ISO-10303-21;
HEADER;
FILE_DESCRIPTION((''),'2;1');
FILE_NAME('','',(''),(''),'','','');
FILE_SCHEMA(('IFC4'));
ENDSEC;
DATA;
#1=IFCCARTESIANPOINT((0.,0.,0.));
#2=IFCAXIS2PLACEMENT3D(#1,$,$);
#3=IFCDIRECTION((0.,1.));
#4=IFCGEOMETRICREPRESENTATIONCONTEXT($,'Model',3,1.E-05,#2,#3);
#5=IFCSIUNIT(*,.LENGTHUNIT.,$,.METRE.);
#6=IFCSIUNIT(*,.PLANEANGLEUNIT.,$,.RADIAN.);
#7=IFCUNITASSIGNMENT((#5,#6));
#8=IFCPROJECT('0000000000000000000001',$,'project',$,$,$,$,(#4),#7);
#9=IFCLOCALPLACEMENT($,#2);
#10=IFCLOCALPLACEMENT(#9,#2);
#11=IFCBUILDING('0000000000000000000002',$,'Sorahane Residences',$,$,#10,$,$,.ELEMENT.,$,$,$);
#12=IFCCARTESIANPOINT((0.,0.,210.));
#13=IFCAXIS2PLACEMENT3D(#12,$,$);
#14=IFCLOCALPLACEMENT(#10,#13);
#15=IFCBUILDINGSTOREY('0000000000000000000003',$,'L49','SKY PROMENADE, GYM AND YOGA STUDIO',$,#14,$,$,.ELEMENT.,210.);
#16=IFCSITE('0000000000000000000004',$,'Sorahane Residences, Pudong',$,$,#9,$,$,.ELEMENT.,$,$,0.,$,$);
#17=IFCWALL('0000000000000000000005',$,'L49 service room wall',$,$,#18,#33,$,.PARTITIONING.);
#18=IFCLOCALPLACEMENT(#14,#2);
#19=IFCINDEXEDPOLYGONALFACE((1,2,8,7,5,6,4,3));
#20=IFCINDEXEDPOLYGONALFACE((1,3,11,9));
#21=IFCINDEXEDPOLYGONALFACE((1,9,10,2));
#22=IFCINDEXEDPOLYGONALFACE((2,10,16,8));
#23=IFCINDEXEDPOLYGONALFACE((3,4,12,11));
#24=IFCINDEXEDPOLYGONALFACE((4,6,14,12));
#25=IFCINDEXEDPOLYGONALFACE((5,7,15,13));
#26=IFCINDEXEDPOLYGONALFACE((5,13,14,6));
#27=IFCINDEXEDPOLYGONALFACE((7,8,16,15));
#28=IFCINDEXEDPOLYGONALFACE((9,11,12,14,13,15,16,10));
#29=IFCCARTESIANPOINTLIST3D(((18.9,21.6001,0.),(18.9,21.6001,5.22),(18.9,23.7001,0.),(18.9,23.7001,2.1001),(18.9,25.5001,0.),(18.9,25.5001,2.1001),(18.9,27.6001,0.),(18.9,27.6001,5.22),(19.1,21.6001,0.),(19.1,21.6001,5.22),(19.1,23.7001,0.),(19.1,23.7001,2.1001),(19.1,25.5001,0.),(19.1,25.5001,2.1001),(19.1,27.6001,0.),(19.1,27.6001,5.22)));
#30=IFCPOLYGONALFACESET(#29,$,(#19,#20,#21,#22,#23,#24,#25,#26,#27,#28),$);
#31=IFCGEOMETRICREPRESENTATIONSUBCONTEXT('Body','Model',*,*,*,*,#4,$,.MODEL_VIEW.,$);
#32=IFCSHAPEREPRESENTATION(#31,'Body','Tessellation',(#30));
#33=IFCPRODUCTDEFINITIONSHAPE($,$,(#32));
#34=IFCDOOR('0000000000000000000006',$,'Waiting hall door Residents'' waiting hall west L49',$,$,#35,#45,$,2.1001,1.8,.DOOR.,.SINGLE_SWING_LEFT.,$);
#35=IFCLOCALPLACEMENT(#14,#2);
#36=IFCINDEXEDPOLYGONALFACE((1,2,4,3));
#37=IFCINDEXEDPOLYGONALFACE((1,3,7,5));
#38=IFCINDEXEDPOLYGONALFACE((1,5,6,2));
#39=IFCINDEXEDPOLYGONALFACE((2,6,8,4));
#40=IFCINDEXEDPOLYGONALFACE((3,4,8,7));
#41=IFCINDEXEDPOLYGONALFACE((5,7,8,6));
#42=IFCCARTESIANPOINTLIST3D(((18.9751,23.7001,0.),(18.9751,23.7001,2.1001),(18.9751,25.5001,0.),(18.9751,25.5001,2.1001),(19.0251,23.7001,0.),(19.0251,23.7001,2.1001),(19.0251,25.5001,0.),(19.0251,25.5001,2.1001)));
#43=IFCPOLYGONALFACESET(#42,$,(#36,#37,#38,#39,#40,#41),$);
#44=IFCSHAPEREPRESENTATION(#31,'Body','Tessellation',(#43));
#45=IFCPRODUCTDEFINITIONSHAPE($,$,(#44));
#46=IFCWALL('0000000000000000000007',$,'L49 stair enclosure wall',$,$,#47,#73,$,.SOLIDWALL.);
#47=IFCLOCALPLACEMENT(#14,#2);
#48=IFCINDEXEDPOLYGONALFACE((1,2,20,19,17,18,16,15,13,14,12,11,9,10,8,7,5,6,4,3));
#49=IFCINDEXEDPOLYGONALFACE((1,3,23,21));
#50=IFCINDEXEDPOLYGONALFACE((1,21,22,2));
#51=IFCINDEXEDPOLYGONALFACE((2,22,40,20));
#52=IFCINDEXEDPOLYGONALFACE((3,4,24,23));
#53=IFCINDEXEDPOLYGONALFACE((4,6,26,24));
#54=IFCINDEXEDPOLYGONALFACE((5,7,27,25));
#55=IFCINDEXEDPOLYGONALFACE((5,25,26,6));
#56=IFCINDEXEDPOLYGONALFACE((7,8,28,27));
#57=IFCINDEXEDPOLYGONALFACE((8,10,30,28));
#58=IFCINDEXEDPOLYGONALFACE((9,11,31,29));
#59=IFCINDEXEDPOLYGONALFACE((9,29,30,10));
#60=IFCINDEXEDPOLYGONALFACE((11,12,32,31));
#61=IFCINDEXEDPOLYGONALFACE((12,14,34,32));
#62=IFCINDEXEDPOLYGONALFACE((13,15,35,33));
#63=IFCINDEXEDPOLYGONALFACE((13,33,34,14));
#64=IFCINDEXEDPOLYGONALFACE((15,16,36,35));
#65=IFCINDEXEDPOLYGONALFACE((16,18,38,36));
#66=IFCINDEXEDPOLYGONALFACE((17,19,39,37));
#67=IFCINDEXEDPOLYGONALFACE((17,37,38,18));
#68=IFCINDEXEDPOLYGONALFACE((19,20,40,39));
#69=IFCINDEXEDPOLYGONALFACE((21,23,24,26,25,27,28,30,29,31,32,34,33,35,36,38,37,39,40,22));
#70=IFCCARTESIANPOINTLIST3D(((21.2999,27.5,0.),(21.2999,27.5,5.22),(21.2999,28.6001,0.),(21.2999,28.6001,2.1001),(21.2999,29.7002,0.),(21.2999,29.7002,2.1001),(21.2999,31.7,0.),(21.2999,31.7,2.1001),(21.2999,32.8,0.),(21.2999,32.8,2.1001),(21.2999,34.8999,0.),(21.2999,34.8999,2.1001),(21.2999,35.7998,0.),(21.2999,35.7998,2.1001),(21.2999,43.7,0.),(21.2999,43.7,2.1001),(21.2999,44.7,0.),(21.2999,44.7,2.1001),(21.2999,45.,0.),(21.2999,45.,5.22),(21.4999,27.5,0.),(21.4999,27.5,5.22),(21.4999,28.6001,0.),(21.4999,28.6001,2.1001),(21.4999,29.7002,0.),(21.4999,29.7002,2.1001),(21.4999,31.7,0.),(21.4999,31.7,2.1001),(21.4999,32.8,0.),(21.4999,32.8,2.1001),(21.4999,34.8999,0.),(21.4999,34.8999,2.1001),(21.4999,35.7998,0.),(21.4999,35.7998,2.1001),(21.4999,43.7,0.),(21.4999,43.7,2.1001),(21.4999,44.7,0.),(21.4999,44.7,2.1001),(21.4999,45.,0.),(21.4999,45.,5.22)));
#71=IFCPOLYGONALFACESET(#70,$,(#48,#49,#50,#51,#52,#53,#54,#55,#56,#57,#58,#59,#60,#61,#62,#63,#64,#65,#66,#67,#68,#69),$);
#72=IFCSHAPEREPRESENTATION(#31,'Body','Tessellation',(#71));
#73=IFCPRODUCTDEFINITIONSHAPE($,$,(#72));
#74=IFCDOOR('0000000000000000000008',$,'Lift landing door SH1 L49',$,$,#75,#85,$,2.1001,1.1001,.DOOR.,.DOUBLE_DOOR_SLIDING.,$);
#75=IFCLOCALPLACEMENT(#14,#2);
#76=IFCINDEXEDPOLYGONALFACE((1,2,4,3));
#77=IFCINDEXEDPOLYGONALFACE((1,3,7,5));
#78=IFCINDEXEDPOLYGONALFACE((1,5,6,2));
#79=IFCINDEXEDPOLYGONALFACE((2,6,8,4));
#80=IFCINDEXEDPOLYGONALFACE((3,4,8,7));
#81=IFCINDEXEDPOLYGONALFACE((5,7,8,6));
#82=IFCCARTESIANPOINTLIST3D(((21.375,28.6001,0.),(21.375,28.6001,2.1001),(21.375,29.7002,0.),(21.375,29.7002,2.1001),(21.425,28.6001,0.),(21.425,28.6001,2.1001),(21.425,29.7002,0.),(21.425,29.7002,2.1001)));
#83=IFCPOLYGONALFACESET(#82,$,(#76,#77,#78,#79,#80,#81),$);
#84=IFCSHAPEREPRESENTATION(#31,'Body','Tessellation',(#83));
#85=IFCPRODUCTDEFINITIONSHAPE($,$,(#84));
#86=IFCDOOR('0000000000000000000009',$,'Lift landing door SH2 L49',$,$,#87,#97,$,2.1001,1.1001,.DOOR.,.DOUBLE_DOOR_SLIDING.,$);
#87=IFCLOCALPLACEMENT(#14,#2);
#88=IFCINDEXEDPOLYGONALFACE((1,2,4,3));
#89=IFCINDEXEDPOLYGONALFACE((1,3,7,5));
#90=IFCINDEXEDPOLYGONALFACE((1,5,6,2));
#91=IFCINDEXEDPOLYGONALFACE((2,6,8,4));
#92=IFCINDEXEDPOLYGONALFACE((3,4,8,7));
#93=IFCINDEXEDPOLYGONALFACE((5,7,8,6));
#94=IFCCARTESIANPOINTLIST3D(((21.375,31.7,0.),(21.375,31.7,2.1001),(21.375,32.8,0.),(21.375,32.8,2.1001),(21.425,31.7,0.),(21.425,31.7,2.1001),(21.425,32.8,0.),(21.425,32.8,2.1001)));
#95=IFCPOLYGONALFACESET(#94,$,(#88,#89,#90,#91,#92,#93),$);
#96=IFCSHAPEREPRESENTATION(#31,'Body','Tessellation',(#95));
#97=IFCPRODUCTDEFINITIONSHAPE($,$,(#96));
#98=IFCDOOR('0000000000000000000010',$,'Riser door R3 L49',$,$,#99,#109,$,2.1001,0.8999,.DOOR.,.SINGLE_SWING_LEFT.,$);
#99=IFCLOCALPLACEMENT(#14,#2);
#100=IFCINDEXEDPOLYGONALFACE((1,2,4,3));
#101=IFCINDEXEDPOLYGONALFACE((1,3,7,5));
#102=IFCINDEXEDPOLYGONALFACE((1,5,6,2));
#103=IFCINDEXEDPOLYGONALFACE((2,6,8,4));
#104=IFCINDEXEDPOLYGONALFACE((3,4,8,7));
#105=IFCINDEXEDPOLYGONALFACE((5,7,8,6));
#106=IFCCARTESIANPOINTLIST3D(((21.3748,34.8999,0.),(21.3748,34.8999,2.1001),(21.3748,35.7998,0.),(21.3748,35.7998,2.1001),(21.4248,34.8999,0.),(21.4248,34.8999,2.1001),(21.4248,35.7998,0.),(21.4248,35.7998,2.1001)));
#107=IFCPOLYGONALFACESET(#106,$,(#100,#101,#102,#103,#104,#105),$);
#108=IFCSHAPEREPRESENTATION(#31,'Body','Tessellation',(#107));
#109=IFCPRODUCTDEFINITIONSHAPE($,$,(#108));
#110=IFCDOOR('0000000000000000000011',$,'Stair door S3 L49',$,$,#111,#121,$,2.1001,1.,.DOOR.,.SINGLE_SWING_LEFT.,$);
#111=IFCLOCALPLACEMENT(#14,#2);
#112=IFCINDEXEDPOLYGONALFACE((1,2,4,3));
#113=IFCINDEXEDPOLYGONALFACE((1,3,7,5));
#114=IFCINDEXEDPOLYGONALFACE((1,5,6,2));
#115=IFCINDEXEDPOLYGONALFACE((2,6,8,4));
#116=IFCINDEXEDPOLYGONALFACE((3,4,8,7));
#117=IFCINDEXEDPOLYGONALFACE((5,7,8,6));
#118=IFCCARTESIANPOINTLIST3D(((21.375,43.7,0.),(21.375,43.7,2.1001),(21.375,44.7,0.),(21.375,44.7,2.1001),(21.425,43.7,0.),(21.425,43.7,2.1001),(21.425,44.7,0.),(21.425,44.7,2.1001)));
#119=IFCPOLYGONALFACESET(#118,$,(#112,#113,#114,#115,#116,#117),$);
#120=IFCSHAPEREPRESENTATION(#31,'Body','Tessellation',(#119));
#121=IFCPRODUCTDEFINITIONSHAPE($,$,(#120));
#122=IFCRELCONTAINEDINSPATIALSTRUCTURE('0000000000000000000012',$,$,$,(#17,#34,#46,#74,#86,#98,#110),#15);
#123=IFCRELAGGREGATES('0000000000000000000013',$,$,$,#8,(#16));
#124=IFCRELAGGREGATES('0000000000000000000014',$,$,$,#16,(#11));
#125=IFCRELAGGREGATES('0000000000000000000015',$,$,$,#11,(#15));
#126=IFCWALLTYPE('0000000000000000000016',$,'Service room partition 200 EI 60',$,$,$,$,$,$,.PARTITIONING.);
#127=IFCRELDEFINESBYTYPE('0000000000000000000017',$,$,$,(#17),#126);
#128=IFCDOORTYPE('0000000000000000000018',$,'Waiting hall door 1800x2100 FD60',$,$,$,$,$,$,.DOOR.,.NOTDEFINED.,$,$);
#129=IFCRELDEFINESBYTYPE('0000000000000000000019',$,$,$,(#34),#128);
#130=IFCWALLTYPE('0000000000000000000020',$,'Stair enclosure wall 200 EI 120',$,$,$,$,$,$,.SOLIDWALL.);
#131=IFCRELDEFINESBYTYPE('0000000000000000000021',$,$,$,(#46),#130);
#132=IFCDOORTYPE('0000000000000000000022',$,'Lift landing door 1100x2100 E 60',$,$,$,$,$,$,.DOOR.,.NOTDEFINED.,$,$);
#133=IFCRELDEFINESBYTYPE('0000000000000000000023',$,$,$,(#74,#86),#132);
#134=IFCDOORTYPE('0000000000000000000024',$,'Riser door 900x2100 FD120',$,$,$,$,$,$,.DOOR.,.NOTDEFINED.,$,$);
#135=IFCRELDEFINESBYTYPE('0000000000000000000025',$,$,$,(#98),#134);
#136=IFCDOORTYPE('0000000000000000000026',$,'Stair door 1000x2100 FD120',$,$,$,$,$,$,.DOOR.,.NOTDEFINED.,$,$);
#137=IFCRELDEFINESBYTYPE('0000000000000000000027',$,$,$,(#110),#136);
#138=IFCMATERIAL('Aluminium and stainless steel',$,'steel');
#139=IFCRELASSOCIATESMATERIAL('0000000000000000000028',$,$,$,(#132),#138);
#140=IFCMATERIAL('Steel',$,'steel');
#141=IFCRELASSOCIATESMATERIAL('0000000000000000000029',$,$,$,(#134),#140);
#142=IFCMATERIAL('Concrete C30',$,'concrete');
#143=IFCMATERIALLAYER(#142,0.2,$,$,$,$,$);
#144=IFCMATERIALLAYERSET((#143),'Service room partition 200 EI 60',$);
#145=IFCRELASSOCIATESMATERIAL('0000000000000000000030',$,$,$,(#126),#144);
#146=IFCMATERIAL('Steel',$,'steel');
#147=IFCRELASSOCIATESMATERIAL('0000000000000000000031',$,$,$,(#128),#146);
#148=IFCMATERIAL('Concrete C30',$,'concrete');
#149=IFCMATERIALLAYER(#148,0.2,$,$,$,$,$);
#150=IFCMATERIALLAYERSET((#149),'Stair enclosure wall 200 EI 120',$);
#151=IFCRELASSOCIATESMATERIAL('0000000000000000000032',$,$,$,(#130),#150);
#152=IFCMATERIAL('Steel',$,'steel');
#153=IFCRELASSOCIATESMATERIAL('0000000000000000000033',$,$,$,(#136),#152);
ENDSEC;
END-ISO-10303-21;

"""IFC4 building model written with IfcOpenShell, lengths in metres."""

from ifc_helpers import new_model, si_unit, direction, frame, frame_2d, origin, place, context, subcontext, project, spatial, rectangle, extrude, material, layer, layer_set, type_object, element, fill, save


model = new_model("IFC4")

# Units and contexts
model_context = context("Model", 3, precision=1e-05, world=origin(), true_north=direction((0.0, 1.0)))
body_context = subcontext(model_context, "Body", "Model", "MODEL_VIEW")
ifc_project = project(units=[si_unit("LENGTHUNIT", "METRE"), si_unit("PLANEANGLEUNIT", "RADIAN")], contexts=[model_context])

# Site, building, storey
site_placement = place(None, origin())
site = spatial("IfcSite", under=ifc_project, at=site_placement, Name="Sorahane Residences, Pudong", CompositionType="ELEMENT", RefElevation=0.0)
building_placement = place(site_placement, origin())
building = spatial("IfcBuilding", under=site, at=building_placement, Name="Sorahane Residences", CompositionType="ELEMENT")
storey_placement = place(building_placement, frame((0.0, 0.0, 210.0)))
storey = spatial("IfcBuildingStorey", under=building, at=storey_placement, Name="L49", Description="SKY PROMENADE, GYM AND YOGA STUDIO", CompositionType="ELEMENT", Elevation=210.0)

# Shared definitions
ifc_material_1 = material(Name="Aluminium and stainless steel", Category="steel")
door_type_1 = type_object("IfcDoorType", Name="Lift landing door 1100x2100 E 60", OperationType="NOTDEFINED", PredefinedType="DOOR", material=ifc_material_1)
ifc_material_2 = material(Name="Steel", Category="steel")
door_type_2 = type_object("IfcDoorType", Name="Riser door 900x2100 FD120", OperationType="NOTDEFINED", PredefinedType="DOOR", material=ifc_material_2)

# Wall, opening, door
ifc_material_3 = material(Name="Concrete C30", Category="concrete")
ifc_layer_1 = layer(ifc_material_3, 0.2)
ifc_layer_set_1 = layer_set([ifc_layer_1], Name="Service room partition 200 EI 60")
wall_type_1 = type_object("IfcWallType", Name="Service room partition 200 EI 60", PredefinedType="PARTITIONING", material=ifc_layer_set_1)
wall_1_placement = place(storey_placement, frame((19.0, 21.6001, 0.0), z_axis=(0.0, 0.0, 1.0), x_axis=(0.0, 1.0, 0.0)))
wall_1 = element("IfcWall", 1, at=wall_1_placement, inside=storey, type_object=wall_type_1, Name="L49 service room wall", PredefinedType="PARTITIONING", context=body_context, shape_type="SweptSolid", body=[
    extrude(rectangle(XDim=6.0, YDim=0.2, at=frame_2d((3.0, 0.0))), origin(), (0.0, 0.0, 1.0), 5.22),
])
opening_1_placement = place(wall_1_placement, frame((2.1001, 0.0, 0.0)))
opening_1 = element("IfcOpeningElement", 2, at=opening_1_placement, cuts=wall_1, PredefinedType="OPENING", context=body_context, shape_type="SweptSolid", body=[
    extrude(rectangle(XDim=1.8, YDim=2.1001, at=frame_2d((0.8999, 1.05))), frame((0.0, 0.1099, 0.0), z_axis=(0.0, -1.0, 0.0), x_axis=(1.0, 0.0, 0.0)), (0.0, 0.0, 1.0), 0.22),
])
ifc_material_4 = material(Name="Steel", Category="steel")
door_type_3 = type_object("IfcDoorType", Name="Waiting hall door 1800x2100 FD60", OperationType="NOTDEFINED", PredefinedType="DOOR", material=ifc_material_4)
door_1_placement = place(opening_1_placement, origin())
door_1 = element("IfcDoor", 3, at=door_1_placement, inside=storey, type_object=door_type_3, Name="Waiting hall door Residents' waiting hall west L49", OperationType="SINGLE_SWING_LEFT", OverallHeight=2.1001, OverallWidth=1.8, PredefinedType="DOOR", context=body_context, shape_type="SweptSolid", body=[
    extrude(rectangle(XDim=1.8, YDim=2.1001, at=frame_2d((0.8999, 1.05))), frame((0.0, 0.0249, 0.0), z_axis=(0.0, -1.0, 0.0), x_axis=(1.0, 0.0, 0.0)), (0.0, 0.0, 1.0), 0.05),
])
fill(opening_1, door_1)

# Wall, openings, doors
ifc_material_5 = material(Name="Concrete C30", Category="concrete")
ifc_layer_2 = layer(ifc_material_5, 0.2)
ifc_layer_set_2 = layer_set([ifc_layer_2], Name="Stair enclosure wall 200 EI 120")
wall_type_2 = type_object("IfcWallType", Name="Stair enclosure wall 200 EI 120", PredefinedType="SOLIDWALL", material=ifc_layer_set_2)
wall_2_placement = place(storey_placement, frame((21.3999, 27.5, 0.0), z_axis=(0.0, 0.0, 1.0), x_axis=(0.0, 1.0, 0.0)))
wall_2 = element("IfcWall", 4, at=wall_2_placement, inside=storey, type_object=wall_type_2, Name="L49 stair enclosure wall", PredefinedType="SOLIDWALL", context=body_context, shape_type="SweptSolid", body=[
    extrude(rectangle(XDim=17.5, YDim=0.2, at=frame_2d((8.75, 0.0))), origin(), (0.0, 0.0, 1.0), 5.22),
])
opening_2_placement = place(wall_2_placement, frame((1.1001, 0.0, 0.0)))
opening_2 = element("IfcOpeningElement", 5, at=opening_2_placement, cuts=wall_2, PredefinedType="OPENING", context=body_context, shape_type="SweptSolid", body=[
    extrude(rectangle(XDim=1.1001, YDim=2.1001, at=frame_2d((0.55, 1.05))), frame((0.0, 0.1099, 0.0), z_axis=(0.0, -1.0, 0.0), x_axis=(1.0, 0.0, 0.0)), (0.0, 0.0, 1.0), 0.22),
])
opening_3_placement = place(wall_2_placement, frame((4.2, 0.0, 0.0)))
opening_3 = element("IfcOpeningElement", 6, at=opening_3_placement, cuts=wall_2, PredefinedType="OPENING", context=body_context, shape_type="SweptSolid", body=[
    extrude(rectangle(XDim=1.1001, YDim=2.1001, at=frame_2d((0.55, 1.05))), frame((0.0, 0.1099, 0.0), z_axis=(0.0, -1.0, 0.0), x_axis=(1.0, 0.0, 0.0)), (0.0, 0.0, 1.0), 0.22),
])
opening_4_placement = place(wall_2_placement, frame((16.2, 0.0, 0.0)))
opening_4 = element("IfcOpeningElement", 7, at=opening_4_placement, cuts=wall_2, PredefinedType="OPENING", context=body_context, shape_type="SweptSolid", body=[
    extrude(rectangle(XDim=1.0, YDim=2.1001, at=frame_2d((0.5, 1.05))), frame((0.0, 0.1099, 0.0), z_axis=(0.0, -1.0, 0.0), x_axis=(1.0, 0.0, 0.0)), (0.0, 0.0, 1.0), 0.22),
])
opening_5_placement = place(wall_2_placement, frame((7.3999, 0.0, 0.0)))
opening_5 = element("IfcOpeningElement", 8, at=opening_5_placement, cuts=wall_2, PredefinedType="OPENING", context=body_context, shape_type="SweptSolid", body=[
    extrude(rectangle(XDim=0.8999, YDim=2.1001, at=frame_2d((0.45, 1.05))), frame((0.0, 0.1099, 0.0), z_axis=(0.0, -1.0, 0.0), x_axis=(1.0, 0.0, 0.0)), (0.0, 0.0, 1.0), 0.22),
])
door_2_placement = place(opening_2_placement, origin())
door_2 = element("IfcDoor", 9, at=door_2_placement, inside=storey, type_object=door_type_1, Name="Lift landing door SH1 L49", OperationType="DOUBLE_DOOR_SLIDING", OverallHeight=2.1001, OverallWidth=1.1001, PredefinedType="DOOR", context=body_context, shape_type="SweptSolid", body=[
    extrude(rectangle(XDim=1.1001, YDim=2.1001, at=frame_2d((0.55, 1.05))), frame((0.0, 0.0249, 0.0), z_axis=(0.0, -1.0, 0.0), x_axis=(1.0, 0.0, 0.0)), (0.0, 0.0, 1.0), 0.05),
])
fill(opening_2, door_2)
door_3_placement = place(opening_3_placement, origin())
door_3 = element("IfcDoor", 10, at=door_3_placement, inside=storey, type_object=door_type_1, Name="Lift landing door SH2 L49", OperationType="DOUBLE_DOOR_SLIDING", OverallHeight=2.1001, OverallWidth=1.1001, PredefinedType="DOOR", context=body_context, shape_type="SweptSolid", body=[
    extrude(rectangle(XDim=1.1001, YDim=2.1001, at=frame_2d((0.55, 1.05))), frame((0.0, 0.0249, 0.0), z_axis=(0.0, -1.0, 0.0), x_axis=(1.0, 0.0, 0.0)), (0.0, 0.0, 1.0), 0.05),
])
fill(opening_3, door_3)
door_4_placement = place(opening_5_placement, frame((0.8999, 0.0, 0.0), z_axis=(0.0, 0.0, 1.0), x_axis=(-1.0, 0.0, 0.0)))
door_4 = element("IfcDoor", 11, at=door_4_placement, inside=storey, type_object=door_type_2, Name="Riser door R3 L49", OperationType="SINGLE_SWING_LEFT", OverallHeight=2.1001, OverallWidth=0.8999, PredefinedType="DOOR", context=body_context, shape_type="SweptSolid", body=[
    extrude(rectangle(XDim=0.8999, YDim=2.1001, at=frame_2d((0.45, 1.05))), frame((0.0, 0.0249, 0.0), z_axis=(0.0, -1.0, 0.0), x_axis=(1.0, 0.0, 0.0)), (0.0, 0.0, 1.0), 0.05),
])
fill(opening_5, door_4)
ifc_material_6 = material(Name="Steel", Category="steel")
door_type_4 = type_object("IfcDoorType", Name="Stair door 1000x2100 FD120", OperationType="NOTDEFINED", PredefinedType="DOOR", material=ifc_material_6)
door_5_placement = place(opening_4_placement, origin())
door_5 = element("IfcDoor", 12, at=door_5_placement, inside=storey, type_object=door_type_4, Name="Stair door S3 L49", OperationType="SINGLE_SWING_LEFT", OverallHeight=2.1001, OverallWidth=1.0, PredefinedType="DOOR", context=body_context, shape_type="SweptSolid", body=[
    extrude(rectangle(XDim=1.0, YDim=2.1001, at=frame_2d((0.5, 1.05))), frame((0.0, 0.0249, 0.0), z_axis=(0.0, -1.0, 0.0), x_axis=(1.0, 0.0, 0.0)), (0.0, 0.0, 1.0), 0.05),
])
fill(opening_4, door_5)

save(model, "model.ifc")
